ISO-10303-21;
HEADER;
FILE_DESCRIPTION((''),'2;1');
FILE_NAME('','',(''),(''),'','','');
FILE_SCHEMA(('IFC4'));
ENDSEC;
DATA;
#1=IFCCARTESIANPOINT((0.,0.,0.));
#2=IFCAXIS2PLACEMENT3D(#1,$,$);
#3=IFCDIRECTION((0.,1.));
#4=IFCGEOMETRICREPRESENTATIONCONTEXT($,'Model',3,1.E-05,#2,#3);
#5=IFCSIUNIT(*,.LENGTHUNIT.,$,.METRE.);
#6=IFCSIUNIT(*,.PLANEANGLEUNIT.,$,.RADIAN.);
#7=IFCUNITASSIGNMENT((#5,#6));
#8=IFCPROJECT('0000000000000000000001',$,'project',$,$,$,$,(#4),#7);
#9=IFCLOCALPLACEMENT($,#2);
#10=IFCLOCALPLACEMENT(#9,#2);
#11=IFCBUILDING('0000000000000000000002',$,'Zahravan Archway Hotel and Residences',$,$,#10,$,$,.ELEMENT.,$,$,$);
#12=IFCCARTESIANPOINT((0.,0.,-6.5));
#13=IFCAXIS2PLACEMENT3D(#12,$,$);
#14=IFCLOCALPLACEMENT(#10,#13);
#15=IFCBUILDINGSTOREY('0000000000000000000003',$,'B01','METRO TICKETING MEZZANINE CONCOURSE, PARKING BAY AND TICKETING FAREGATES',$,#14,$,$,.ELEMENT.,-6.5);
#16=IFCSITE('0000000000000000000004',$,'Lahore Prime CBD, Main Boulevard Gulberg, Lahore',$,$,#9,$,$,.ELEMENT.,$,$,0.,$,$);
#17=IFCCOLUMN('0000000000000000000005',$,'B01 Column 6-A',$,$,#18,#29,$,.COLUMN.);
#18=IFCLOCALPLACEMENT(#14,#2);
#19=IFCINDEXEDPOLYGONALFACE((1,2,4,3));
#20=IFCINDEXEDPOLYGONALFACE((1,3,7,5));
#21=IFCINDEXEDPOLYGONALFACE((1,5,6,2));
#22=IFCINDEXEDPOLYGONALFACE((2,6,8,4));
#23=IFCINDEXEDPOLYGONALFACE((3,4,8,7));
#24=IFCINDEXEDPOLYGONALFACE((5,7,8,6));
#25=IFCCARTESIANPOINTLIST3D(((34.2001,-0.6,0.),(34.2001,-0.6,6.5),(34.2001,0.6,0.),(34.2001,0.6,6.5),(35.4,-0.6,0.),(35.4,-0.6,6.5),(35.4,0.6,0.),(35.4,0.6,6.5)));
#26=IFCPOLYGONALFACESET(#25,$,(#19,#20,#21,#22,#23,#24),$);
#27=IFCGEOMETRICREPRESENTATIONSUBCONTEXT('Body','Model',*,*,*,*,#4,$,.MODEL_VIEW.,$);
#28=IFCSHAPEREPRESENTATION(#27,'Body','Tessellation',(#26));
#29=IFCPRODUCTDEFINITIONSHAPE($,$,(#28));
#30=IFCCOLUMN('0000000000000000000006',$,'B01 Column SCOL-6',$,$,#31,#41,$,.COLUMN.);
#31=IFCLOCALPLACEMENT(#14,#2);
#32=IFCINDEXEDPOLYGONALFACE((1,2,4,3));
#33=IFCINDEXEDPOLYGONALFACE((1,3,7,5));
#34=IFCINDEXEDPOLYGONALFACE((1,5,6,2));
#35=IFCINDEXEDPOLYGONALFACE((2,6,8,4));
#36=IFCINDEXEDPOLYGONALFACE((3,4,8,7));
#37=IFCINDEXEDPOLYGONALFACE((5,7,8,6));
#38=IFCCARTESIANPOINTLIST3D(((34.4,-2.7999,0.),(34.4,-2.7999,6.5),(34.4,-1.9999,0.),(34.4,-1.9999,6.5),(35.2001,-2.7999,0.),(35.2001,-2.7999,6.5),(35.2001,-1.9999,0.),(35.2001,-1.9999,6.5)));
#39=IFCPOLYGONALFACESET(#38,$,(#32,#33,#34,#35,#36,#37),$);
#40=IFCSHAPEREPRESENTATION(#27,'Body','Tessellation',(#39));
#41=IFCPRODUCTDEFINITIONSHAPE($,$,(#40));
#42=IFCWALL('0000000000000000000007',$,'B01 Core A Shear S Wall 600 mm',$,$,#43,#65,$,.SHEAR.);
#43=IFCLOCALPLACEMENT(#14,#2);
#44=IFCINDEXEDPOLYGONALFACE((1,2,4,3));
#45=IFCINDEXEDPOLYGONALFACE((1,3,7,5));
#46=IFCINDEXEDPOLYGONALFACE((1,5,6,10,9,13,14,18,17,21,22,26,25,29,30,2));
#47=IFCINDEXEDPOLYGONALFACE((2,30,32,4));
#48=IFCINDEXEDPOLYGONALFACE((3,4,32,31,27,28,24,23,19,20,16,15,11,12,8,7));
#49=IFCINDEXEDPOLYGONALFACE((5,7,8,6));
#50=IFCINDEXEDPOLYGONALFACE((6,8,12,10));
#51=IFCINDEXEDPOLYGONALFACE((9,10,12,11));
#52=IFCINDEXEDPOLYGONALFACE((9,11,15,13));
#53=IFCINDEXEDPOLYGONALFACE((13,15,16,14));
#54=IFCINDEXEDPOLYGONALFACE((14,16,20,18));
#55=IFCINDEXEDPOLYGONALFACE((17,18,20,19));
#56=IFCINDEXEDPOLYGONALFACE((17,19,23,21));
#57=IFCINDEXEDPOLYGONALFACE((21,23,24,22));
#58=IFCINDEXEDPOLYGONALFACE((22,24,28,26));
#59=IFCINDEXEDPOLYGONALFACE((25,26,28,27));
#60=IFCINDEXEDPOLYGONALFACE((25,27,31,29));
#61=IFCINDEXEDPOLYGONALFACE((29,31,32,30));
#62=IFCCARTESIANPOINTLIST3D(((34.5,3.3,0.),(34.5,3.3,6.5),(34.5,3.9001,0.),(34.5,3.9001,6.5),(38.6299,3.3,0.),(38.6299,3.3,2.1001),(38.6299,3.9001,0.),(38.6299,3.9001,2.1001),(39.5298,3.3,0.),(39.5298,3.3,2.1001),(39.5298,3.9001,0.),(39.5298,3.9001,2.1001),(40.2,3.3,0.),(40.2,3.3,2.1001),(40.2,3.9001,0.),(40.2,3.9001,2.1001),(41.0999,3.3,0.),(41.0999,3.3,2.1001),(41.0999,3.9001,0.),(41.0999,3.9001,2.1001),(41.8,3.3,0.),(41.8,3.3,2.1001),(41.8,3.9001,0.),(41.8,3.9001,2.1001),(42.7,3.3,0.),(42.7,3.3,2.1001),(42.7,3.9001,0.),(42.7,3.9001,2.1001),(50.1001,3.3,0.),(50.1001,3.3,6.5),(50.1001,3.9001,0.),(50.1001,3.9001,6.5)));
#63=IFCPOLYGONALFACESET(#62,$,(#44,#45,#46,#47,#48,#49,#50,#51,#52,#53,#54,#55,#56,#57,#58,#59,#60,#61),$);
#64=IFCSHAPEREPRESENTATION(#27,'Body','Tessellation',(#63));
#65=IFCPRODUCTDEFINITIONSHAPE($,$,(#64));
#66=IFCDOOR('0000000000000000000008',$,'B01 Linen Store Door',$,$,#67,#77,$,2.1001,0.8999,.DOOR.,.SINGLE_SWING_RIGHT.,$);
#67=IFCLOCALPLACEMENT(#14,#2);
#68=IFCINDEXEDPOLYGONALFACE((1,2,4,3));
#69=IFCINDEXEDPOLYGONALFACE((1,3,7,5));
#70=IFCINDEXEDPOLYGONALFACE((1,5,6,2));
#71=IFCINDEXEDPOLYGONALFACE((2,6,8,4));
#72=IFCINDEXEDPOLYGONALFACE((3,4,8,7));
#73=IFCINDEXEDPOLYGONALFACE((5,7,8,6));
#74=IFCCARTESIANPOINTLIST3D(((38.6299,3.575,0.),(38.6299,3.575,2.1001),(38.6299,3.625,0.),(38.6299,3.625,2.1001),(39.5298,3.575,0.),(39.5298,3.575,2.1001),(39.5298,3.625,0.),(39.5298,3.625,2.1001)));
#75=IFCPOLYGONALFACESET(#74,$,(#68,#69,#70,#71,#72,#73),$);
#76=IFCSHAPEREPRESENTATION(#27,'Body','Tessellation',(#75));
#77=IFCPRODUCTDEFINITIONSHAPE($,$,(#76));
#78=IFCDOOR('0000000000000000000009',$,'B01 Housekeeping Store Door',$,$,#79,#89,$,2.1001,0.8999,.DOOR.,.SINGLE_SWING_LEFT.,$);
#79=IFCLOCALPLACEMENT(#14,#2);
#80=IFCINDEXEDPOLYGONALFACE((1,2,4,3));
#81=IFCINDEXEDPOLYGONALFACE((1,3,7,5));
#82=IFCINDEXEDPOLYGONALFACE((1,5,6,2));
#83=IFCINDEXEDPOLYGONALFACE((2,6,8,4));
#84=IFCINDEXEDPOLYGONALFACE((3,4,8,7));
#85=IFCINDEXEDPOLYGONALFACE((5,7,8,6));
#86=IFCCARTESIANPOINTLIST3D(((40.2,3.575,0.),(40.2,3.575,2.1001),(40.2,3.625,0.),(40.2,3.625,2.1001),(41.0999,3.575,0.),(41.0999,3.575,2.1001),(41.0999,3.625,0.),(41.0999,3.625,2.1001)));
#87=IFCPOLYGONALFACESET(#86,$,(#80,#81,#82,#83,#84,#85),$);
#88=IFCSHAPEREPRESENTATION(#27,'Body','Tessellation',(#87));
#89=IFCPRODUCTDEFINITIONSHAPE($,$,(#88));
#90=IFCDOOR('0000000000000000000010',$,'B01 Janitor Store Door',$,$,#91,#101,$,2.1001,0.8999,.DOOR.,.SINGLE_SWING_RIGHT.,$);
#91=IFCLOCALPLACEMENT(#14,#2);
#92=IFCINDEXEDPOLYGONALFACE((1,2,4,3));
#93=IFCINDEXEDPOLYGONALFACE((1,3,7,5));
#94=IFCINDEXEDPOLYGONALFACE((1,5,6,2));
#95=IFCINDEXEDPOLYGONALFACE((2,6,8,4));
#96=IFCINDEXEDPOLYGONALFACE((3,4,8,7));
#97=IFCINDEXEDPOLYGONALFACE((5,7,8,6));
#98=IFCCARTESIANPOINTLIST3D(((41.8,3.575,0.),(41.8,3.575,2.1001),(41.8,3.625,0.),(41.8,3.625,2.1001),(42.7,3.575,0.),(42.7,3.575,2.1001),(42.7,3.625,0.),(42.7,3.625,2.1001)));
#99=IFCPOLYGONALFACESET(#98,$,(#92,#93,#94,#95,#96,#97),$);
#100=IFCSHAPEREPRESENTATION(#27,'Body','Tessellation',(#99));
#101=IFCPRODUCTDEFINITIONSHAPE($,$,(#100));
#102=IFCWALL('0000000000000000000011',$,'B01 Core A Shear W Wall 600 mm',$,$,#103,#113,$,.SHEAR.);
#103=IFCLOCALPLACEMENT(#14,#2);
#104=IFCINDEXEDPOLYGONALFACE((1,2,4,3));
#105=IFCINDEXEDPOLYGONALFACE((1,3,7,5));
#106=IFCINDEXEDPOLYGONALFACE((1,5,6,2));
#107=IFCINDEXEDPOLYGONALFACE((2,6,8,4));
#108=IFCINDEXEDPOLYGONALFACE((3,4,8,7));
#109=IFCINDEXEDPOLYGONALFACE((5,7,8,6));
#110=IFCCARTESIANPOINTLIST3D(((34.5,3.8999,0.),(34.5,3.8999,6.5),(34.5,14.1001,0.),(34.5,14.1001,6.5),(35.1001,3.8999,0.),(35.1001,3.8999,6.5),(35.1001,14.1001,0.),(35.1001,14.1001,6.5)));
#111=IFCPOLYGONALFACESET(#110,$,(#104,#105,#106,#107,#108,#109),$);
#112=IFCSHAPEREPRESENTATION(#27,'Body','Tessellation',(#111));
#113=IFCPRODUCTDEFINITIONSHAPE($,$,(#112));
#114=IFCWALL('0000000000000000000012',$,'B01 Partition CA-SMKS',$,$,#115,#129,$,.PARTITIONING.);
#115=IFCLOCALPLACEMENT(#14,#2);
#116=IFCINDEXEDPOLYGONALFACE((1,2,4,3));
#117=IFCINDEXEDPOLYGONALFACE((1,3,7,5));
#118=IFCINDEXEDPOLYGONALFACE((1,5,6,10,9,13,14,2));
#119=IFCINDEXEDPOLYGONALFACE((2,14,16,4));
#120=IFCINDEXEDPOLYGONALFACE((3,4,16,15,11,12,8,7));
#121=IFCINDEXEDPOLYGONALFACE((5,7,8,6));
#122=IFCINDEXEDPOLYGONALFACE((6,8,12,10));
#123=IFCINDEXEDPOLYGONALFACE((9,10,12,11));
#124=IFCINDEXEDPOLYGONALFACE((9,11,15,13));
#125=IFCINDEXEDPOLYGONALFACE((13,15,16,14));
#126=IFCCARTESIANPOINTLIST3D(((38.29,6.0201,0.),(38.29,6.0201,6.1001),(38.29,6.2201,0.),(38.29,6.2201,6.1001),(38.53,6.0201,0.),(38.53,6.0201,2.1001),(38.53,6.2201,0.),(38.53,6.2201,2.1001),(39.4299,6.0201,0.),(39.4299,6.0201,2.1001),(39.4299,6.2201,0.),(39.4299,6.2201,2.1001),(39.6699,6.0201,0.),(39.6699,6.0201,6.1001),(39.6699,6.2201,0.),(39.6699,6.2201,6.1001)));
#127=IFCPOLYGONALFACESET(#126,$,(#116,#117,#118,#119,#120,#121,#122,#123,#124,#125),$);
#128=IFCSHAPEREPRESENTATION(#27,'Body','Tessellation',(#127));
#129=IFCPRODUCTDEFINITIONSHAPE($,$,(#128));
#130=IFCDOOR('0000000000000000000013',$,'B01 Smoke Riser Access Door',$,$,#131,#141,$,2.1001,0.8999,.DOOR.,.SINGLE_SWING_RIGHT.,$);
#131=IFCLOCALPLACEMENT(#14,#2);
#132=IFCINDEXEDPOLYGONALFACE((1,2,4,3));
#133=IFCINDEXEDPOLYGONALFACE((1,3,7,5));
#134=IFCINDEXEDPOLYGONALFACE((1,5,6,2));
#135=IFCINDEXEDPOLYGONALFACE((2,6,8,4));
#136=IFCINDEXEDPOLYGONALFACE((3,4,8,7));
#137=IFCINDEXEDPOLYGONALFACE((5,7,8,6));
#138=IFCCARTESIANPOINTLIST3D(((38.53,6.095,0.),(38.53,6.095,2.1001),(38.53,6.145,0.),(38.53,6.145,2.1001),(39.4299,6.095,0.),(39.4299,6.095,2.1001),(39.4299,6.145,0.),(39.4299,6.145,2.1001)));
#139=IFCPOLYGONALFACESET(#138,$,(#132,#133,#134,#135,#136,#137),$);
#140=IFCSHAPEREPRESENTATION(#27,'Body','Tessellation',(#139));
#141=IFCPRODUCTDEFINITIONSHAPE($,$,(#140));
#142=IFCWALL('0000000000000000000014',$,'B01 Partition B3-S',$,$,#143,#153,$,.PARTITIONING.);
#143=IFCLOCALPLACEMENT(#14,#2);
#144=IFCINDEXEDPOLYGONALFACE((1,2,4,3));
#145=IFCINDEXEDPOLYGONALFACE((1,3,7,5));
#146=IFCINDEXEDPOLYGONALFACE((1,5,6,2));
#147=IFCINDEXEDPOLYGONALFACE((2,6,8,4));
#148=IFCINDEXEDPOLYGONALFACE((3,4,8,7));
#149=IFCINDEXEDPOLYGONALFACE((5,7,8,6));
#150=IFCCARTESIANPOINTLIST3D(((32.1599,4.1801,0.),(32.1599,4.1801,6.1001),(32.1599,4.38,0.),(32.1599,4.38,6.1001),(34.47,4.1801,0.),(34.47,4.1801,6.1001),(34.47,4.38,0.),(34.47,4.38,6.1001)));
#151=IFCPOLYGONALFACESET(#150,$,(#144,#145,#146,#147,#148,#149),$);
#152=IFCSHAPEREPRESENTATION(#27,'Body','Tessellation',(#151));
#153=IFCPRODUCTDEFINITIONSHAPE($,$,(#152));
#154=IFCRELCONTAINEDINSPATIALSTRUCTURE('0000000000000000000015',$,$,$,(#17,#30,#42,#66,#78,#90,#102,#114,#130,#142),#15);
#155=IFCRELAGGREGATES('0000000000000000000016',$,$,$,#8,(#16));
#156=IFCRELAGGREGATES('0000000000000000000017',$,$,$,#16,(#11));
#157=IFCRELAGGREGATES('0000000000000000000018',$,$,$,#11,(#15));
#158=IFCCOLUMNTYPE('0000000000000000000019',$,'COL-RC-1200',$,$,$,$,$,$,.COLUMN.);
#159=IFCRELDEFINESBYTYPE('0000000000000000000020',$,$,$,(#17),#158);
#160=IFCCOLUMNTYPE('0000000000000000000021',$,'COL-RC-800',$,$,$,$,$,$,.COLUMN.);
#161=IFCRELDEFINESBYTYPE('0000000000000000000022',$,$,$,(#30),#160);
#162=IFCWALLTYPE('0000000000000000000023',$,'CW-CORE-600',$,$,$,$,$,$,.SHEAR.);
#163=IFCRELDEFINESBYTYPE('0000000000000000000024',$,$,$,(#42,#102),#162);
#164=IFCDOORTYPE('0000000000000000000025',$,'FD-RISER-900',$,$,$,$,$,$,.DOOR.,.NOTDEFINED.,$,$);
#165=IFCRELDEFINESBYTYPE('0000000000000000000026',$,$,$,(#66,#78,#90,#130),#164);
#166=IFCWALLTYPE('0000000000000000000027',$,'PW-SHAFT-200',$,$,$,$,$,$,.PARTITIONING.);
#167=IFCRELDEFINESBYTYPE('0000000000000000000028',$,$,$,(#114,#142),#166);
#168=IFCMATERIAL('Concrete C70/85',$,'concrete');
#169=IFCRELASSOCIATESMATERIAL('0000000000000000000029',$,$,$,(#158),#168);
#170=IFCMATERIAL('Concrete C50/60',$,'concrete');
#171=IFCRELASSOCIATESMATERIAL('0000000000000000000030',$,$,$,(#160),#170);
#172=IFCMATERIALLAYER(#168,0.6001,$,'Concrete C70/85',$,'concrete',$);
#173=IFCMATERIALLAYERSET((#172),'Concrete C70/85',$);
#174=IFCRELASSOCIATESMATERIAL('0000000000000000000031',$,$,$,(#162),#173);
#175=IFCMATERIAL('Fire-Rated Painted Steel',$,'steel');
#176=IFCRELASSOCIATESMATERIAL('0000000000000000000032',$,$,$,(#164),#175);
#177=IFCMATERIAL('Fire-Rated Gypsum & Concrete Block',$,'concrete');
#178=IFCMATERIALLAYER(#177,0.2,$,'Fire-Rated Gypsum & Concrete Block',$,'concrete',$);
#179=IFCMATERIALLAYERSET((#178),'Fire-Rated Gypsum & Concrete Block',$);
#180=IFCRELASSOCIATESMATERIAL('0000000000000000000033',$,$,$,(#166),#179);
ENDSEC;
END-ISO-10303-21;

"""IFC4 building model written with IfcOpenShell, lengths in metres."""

from ifc_helpers import new_model, si_unit, direction, frame, frame_2d, origin, origin_2d, place, context, subcontext, project, spatial, rectangle, extrude, source, transform, mapped, material, layer, layer_set, material_profile, profile_set, type_object, type_shapes, element, fill, save


model = new_model("IFC4")

# Units and contexts
model_context = context("Model", 3, precision=1e-05, world=origin(), true_north=direction((0.0, 1.0)))
body_context = subcontext(model_context, "Body", "Model", "MODEL_VIEW")
ifc_project = project(units=[si_unit("LENGTHUNIT", "METRE"), si_unit("PLANEANGLEUNIT", "RADIAN")], contexts=[model_context])

# Site, building, storey
site_placement = place(None, origin())
site = spatial("IfcSite", under=ifc_project, at=site_placement, Name="Lahore Prime CBD, Main Boulevard Gulberg, Lahore", CompositionType="ELEMENT", RefElevation=0.0)
building_placement = place(site_placement, origin())
building = spatial("IfcBuilding", under=site, at=building_placement, Name="Zahravan Archway Hotel and Residences", CompositionType="ELEMENT")
storey_placement = place(building_placement, frame((0.0, 0.0, -6.5)))
storey = spatial("IfcBuildingStorey", under=building, at=storey_placement, Name="B01", Description="METRO TICKETING MEZZANINE CONCOURSE, PARKING BAY AND TICKETING FAREGATES", CompositionType="ELEMENT", Elevation=-6.5)

# Columns
ifc_material_1 = material(Name="Concrete C70/85", Category="concrete")
ifc_material_profile_1 = material_profile(ifc_material_1, rectangle(XDim=1.2, YDim=1.2, at=origin_2d()), Name="RC-COL-1200x1200", Category="concrete")
ifc_profile_set_1 = profile_set([ifc_material_profile_1], Name="Concrete C70/85")
column_type_1 = type_object("IfcColumnType", Name="COL-RC-1200", PredefinedType="COLUMN", material=ifc_profile_set_1)
shared_shape_1 = source(origin(), body_context, "Body", "SweptSolid", [
    extrude(rectangle(XDim=1.2, YDim=1.2, at=origin_2d()), origin(), (0.0, 0.0, 1.0), 6.5),
])
column_1_placement = place(storey_placement, frame((34.8, 0.0, 0.0), z_axis=(0.0, 0.0, 1.0), x_axis=(1.0, 0.0, 0.0)))
element("IfcColumn", 1, at=column_1_placement, inside=storey, type_object=column_type_1, Name="B01 Column 6-A", PredefinedType="COLUMN", context=body_context, shape_type="MappedRepresentation", body=[
    mapped(shared_shape_1, transform((0.0, 0.0, 0.0), scale=1.0)),
])
ifc_material_2 = material(Name="Concrete C50/60", Category="concrete")
ifc_material_profile_2 = material_profile(ifc_material_2, rectangle(XDim=0.8, YDim=0.8, at=origin_2d()), Name="RC-COL-800x800", Category="concrete")
ifc_profile_set_2 = profile_set([ifc_material_profile_2], Name="Concrete C50/60")
column_type_2 = type_object("IfcColumnType", Name="COL-RC-800", PredefinedType="COLUMN", material=ifc_profile_set_2)
shared_shape_2 = source(origin(), body_context, "Body", "SweptSolid", [
    extrude(rectangle(XDim=0.8, YDim=0.8, at=origin_2d()), origin(), (0.0, 0.0, 1.0), 6.5),
])
column_2_placement = place(storey_placement, frame((34.8, -2.3999, 0.0), z_axis=(0.0, 0.0, 1.0), x_axis=(1.0, 0.0, 0.0)))
element("IfcColumn", 2, at=column_2_placement, inside=storey, type_object=column_type_2, Name="B01 Column SCOL-6", PredefinedType="COLUMN", context=body_context, shape_type="MappedRepresentation", body=[
    mapped(shared_shape_2, transform((0.0, 0.0, 0.0), scale=1.0)),
])

# Wall, openings, doors
ifc_layer_1 = layer(ifc_material_1, 0.6001, Name="Concrete C70/85", Category="concrete")
ifc_layer_set_1 = layer_set([ifc_layer_1], Name="Concrete C70/85")
wall_type_1 = type_object("IfcWallType", Name="CW-CORE-600", PredefinedType="SHEAR", material=ifc_layer_set_1)
wall_1_placement = place(storey_placement, frame((34.5, 3.6001, 0.0), z_axis=(0.0, 0.0, 1.0), x_axis=(1.0, 0.0, 0.0)))
wall_1 = element("IfcWall", 3, at=wall_1_placement, inside=storey, type_object=wall_type_1, Name="B01 Core A Shear S Wall 600 mm", PredefinedType="SHEAR", context=body_context, shape_type="SweptSolid", body=[
    extrude(rectangle(XDim=15.6001, YDim=0.6001, at=frame_2d((7.8, 0.0))), origin(), (0.0, 0.0, 1.0), 6.5),
])
opening_1_placement = place(wall_1_placement, frame((4.1299, 0.0, 0.0)))
opening_1 = element("IfcOpeningElement", 4, at=opening_1_placement, cuts=wall_1, PredefinedType="OPENING", context=body_context, shape_type="SweptSolid", body=[
    extrude(rectangle(XDim=0.8999, YDim=2.1001, at=frame_2d((0.45, 1.05))), frame((0.0, 0.3101, 0.0), z_axis=(0.0, -1.0, 0.0), x_axis=(1.0, 0.0, 0.0)), (0.0, 0.0, 1.0), 0.6201),
])
opening_2_placement = place(wall_1_placement, frame((5.7, 0.0, 0.0)))
opening_2 = element("IfcOpeningElement", 5, at=opening_2_placement, cuts=wall_1, PredefinedType="OPENING", context=body_context, shape_type="SweptSolid", body=[
    extrude(rectangle(XDim=0.8999, YDim=2.1001, at=frame_2d((0.45, 1.05))), frame((0.0, 0.3101, 0.0), z_axis=(0.0, -1.0, 0.0), x_axis=(1.0, 0.0, 0.0)), (0.0, 0.0, 1.0), 0.6201),
])
opening_3_placement = place(wall_1_placement, frame((7.3, 0.0, 0.0)))
opening_3 = element("IfcOpeningElement", 6, at=opening_3_placement, cuts=wall_1, PredefinedType="OPENING", context=body_context, shape_type="SweptSolid", body=[
    extrude(rectangle(XDim=0.8999, YDim=2.1001, at=frame_2d((0.45, 1.05))), frame((0.0, 0.3101, 0.0), z_axis=(0.0, -1.0, 0.0), x_axis=(1.0, 0.0, 0.0)), (0.0, 0.0, 1.0), 0.6201),
])
ifc_material_3 = material(Name="Fire-Rated Painted Steel", Category="steel")
door_type_1 = type_object("IfcDoorType", Name="FD-RISER-900", OperationType="NOTDEFINED", PredefinedType="DOOR", material=ifc_material_3)
shared_shape_3 = source(origin(), body_context, "Body", "SweptSolid", [
    extrude(rectangle(XDim=0.8999, YDim=2.1001, at=frame_2d((0.45, 1.05))), frame((0.0, 0.0249, 0.0), z_axis=(0.0, -1.0, 0.0), x_axis=(1.0, 0.0, 0.0)), (0.0, 0.0, 1.0), 0.05),
])
type_shapes(door_type_1, [shared_shape_3])
door_1_placement = place(opening_1_placement, origin())
door_1 = element("IfcDoor", 7, at=door_1_placement, inside=storey, type_object=door_type_1, Name="B01 Linen Store Door", OperationType="SINGLE_SWING_RIGHT", OverallHeight=2.1001, OverallWidth=0.8999, PredefinedType="DOOR", context=body_context, shape_type="MappedRepresentation", body=[
    mapped(shared_shape_3, transform((0.0, 0.0, 0.0), scale=1.0)),
])
fill(opening_1, door_1)
door_2_placement = place(opening_2_placement, origin())
door_2 = element("IfcDoor", 8, at=door_2_placement, inside=storey, type_object=door_type_1, Name="B01 Housekeeping Store Door", OperationType="SINGLE_SWING_LEFT", OverallHeight=2.1001, OverallWidth=0.8999, PredefinedType="DOOR", context=body_context, shape_type="MappedRepresentation", body=[
    mapped(shared_shape_3, transform((0.0, 0.0, 0.0), scale=1.0)),
])
fill(opening_2, door_2)
door_3_placement = place(opening_3_placement, origin())
door_3 = element("IfcDoor", 9, at=door_3_placement, inside=storey, type_object=door_type_1, Name="B01 Janitor Store Door", OperationType="SINGLE_SWING_RIGHT", OverallHeight=2.1001, OverallWidth=0.8999, PredefinedType="DOOR", context=body_context, shape_type="MappedRepresentation", body=[
    mapped(shared_shape_3, transform((0.0, 0.0, 0.0), scale=1.0)),
])
fill(opening_3, door_3)

# Wall
wall_2_placement = place(storey_placement, frame((34.8, 3.8999, 0.0), z_axis=(0.0, 0.0, 1.0), x_axis=(0.0, 1.0, 0.0)))
element("IfcWall", 10, at=wall_2_placement, inside=storey, type_object=wall_type_1, Name="B01 Core A Shear W Wall 600 mm", PredefinedType="SHEAR", context=body_context, shape_type="SweptSolid", body=[
    extrude(rectangle(XDim=10.2002, YDim=0.6001, at=frame_2d((5.1001, 0.0))), origin(), (0.0, 0.0, 1.0), 6.5),
])

# Wall, opening, door
ifc_material_4 = material(Name="Fire-Rated Gypsum & Concrete Block", Category="concrete")
ifc_layer_2 = layer(ifc_material_4, 0.2, Name="Fire-Rated Gypsum & Concrete Block", Category="concrete")
ifc_layer_set_2 = layer_set([ifc_layer_2], Name="Fire-Rated Gypsum & Concrete Block")
wall_type_2 = type_object("IfcWallType", Name="PW-SHAFT-200", PredefinedType="PARTITIONING", material=ifc_layer_set_2)
wall_3_placement = place(storey_placement, frame((38.29, 6.1201, 0.0), z_axis=(0.0, 0.0, 1.0), x_axis=(1.0, 0.0, 0.0)))
wall_3 = element("IfcWall", 11, at=wall_3_placement, inside=storey, type_object=wall_type_2, Name="B01 Partition CA-SMKS", PredefinedType="PARTITIONING", context=body_context, shape_type="SweptSolid", body=[
    extrude(rectangle(XDim=1.3799, YDim=0.2, at=frame_2d((0.6899, 0.0))), origin(), (0.0, 0.0, 1.0), 6.1001),
])
opening_4_placement = place(wall_3_placement, frame((0.24, 0.0, 0.0)))
opening_4 = element("IfcOpeningElement", 12, at=opening_4_placement, cuts=wall_3, PredefinedType="OPENING", context=body_context, shape_type="SweptSolid", body=[
    extrude(rectangle(XDim=0.8999, YDim=2.1001, at=frame_2d((0.45, 1.05))), frame((0.0, 0.1099, 0.0), z_axis=(0.0, -1.0, 0.0), x_axis=(1.0, 0.0, 0.0)), (0.0, 0.0, 1.0), 0.22),
])
door_4_placement = place(opening_4_placement, origin())
door_4 = element("IfcDoor", 13, at=door_4_placement, inside=storey, type_object=door_type_1, Name="B01 Smoke Riser Access Door", OperationType="SINGLE_SWING_RIGHT", OverallHeight=2.1001, OverallWidth=0.8999, PredefinedType="DOOR", context=body_context, shape_type="MappedRepresentation", body=[
    mapped(shared_shape_3, transform((0.0, 0.0, 0.0), scale=1.0)),
])
fill(opening_4, door_4)

# Wall
wall_4_placement = place(storey_placement, frame((32.1599, 4.28, 0.0), z_axis=(0.0, 0.0, 1.0), x_axis=(1.0, 0.0, 0.0)))
element("IfcWall", 14, at=wall_4_placement, inside=storey, type_object=wall_type_2, Name="B01 Partition B3-S", PredefinedType="PARTITIONING", context=body_context, shape_type="SweptSolid", body=[
    extrude(rectangle(XDim=2.3101, YDim=0.2, at=frame_2d((1.155, 0.0))), origin(), (0.0, 0.0, 1.0), 6.1001),
])

save(model, "model.ifc")
